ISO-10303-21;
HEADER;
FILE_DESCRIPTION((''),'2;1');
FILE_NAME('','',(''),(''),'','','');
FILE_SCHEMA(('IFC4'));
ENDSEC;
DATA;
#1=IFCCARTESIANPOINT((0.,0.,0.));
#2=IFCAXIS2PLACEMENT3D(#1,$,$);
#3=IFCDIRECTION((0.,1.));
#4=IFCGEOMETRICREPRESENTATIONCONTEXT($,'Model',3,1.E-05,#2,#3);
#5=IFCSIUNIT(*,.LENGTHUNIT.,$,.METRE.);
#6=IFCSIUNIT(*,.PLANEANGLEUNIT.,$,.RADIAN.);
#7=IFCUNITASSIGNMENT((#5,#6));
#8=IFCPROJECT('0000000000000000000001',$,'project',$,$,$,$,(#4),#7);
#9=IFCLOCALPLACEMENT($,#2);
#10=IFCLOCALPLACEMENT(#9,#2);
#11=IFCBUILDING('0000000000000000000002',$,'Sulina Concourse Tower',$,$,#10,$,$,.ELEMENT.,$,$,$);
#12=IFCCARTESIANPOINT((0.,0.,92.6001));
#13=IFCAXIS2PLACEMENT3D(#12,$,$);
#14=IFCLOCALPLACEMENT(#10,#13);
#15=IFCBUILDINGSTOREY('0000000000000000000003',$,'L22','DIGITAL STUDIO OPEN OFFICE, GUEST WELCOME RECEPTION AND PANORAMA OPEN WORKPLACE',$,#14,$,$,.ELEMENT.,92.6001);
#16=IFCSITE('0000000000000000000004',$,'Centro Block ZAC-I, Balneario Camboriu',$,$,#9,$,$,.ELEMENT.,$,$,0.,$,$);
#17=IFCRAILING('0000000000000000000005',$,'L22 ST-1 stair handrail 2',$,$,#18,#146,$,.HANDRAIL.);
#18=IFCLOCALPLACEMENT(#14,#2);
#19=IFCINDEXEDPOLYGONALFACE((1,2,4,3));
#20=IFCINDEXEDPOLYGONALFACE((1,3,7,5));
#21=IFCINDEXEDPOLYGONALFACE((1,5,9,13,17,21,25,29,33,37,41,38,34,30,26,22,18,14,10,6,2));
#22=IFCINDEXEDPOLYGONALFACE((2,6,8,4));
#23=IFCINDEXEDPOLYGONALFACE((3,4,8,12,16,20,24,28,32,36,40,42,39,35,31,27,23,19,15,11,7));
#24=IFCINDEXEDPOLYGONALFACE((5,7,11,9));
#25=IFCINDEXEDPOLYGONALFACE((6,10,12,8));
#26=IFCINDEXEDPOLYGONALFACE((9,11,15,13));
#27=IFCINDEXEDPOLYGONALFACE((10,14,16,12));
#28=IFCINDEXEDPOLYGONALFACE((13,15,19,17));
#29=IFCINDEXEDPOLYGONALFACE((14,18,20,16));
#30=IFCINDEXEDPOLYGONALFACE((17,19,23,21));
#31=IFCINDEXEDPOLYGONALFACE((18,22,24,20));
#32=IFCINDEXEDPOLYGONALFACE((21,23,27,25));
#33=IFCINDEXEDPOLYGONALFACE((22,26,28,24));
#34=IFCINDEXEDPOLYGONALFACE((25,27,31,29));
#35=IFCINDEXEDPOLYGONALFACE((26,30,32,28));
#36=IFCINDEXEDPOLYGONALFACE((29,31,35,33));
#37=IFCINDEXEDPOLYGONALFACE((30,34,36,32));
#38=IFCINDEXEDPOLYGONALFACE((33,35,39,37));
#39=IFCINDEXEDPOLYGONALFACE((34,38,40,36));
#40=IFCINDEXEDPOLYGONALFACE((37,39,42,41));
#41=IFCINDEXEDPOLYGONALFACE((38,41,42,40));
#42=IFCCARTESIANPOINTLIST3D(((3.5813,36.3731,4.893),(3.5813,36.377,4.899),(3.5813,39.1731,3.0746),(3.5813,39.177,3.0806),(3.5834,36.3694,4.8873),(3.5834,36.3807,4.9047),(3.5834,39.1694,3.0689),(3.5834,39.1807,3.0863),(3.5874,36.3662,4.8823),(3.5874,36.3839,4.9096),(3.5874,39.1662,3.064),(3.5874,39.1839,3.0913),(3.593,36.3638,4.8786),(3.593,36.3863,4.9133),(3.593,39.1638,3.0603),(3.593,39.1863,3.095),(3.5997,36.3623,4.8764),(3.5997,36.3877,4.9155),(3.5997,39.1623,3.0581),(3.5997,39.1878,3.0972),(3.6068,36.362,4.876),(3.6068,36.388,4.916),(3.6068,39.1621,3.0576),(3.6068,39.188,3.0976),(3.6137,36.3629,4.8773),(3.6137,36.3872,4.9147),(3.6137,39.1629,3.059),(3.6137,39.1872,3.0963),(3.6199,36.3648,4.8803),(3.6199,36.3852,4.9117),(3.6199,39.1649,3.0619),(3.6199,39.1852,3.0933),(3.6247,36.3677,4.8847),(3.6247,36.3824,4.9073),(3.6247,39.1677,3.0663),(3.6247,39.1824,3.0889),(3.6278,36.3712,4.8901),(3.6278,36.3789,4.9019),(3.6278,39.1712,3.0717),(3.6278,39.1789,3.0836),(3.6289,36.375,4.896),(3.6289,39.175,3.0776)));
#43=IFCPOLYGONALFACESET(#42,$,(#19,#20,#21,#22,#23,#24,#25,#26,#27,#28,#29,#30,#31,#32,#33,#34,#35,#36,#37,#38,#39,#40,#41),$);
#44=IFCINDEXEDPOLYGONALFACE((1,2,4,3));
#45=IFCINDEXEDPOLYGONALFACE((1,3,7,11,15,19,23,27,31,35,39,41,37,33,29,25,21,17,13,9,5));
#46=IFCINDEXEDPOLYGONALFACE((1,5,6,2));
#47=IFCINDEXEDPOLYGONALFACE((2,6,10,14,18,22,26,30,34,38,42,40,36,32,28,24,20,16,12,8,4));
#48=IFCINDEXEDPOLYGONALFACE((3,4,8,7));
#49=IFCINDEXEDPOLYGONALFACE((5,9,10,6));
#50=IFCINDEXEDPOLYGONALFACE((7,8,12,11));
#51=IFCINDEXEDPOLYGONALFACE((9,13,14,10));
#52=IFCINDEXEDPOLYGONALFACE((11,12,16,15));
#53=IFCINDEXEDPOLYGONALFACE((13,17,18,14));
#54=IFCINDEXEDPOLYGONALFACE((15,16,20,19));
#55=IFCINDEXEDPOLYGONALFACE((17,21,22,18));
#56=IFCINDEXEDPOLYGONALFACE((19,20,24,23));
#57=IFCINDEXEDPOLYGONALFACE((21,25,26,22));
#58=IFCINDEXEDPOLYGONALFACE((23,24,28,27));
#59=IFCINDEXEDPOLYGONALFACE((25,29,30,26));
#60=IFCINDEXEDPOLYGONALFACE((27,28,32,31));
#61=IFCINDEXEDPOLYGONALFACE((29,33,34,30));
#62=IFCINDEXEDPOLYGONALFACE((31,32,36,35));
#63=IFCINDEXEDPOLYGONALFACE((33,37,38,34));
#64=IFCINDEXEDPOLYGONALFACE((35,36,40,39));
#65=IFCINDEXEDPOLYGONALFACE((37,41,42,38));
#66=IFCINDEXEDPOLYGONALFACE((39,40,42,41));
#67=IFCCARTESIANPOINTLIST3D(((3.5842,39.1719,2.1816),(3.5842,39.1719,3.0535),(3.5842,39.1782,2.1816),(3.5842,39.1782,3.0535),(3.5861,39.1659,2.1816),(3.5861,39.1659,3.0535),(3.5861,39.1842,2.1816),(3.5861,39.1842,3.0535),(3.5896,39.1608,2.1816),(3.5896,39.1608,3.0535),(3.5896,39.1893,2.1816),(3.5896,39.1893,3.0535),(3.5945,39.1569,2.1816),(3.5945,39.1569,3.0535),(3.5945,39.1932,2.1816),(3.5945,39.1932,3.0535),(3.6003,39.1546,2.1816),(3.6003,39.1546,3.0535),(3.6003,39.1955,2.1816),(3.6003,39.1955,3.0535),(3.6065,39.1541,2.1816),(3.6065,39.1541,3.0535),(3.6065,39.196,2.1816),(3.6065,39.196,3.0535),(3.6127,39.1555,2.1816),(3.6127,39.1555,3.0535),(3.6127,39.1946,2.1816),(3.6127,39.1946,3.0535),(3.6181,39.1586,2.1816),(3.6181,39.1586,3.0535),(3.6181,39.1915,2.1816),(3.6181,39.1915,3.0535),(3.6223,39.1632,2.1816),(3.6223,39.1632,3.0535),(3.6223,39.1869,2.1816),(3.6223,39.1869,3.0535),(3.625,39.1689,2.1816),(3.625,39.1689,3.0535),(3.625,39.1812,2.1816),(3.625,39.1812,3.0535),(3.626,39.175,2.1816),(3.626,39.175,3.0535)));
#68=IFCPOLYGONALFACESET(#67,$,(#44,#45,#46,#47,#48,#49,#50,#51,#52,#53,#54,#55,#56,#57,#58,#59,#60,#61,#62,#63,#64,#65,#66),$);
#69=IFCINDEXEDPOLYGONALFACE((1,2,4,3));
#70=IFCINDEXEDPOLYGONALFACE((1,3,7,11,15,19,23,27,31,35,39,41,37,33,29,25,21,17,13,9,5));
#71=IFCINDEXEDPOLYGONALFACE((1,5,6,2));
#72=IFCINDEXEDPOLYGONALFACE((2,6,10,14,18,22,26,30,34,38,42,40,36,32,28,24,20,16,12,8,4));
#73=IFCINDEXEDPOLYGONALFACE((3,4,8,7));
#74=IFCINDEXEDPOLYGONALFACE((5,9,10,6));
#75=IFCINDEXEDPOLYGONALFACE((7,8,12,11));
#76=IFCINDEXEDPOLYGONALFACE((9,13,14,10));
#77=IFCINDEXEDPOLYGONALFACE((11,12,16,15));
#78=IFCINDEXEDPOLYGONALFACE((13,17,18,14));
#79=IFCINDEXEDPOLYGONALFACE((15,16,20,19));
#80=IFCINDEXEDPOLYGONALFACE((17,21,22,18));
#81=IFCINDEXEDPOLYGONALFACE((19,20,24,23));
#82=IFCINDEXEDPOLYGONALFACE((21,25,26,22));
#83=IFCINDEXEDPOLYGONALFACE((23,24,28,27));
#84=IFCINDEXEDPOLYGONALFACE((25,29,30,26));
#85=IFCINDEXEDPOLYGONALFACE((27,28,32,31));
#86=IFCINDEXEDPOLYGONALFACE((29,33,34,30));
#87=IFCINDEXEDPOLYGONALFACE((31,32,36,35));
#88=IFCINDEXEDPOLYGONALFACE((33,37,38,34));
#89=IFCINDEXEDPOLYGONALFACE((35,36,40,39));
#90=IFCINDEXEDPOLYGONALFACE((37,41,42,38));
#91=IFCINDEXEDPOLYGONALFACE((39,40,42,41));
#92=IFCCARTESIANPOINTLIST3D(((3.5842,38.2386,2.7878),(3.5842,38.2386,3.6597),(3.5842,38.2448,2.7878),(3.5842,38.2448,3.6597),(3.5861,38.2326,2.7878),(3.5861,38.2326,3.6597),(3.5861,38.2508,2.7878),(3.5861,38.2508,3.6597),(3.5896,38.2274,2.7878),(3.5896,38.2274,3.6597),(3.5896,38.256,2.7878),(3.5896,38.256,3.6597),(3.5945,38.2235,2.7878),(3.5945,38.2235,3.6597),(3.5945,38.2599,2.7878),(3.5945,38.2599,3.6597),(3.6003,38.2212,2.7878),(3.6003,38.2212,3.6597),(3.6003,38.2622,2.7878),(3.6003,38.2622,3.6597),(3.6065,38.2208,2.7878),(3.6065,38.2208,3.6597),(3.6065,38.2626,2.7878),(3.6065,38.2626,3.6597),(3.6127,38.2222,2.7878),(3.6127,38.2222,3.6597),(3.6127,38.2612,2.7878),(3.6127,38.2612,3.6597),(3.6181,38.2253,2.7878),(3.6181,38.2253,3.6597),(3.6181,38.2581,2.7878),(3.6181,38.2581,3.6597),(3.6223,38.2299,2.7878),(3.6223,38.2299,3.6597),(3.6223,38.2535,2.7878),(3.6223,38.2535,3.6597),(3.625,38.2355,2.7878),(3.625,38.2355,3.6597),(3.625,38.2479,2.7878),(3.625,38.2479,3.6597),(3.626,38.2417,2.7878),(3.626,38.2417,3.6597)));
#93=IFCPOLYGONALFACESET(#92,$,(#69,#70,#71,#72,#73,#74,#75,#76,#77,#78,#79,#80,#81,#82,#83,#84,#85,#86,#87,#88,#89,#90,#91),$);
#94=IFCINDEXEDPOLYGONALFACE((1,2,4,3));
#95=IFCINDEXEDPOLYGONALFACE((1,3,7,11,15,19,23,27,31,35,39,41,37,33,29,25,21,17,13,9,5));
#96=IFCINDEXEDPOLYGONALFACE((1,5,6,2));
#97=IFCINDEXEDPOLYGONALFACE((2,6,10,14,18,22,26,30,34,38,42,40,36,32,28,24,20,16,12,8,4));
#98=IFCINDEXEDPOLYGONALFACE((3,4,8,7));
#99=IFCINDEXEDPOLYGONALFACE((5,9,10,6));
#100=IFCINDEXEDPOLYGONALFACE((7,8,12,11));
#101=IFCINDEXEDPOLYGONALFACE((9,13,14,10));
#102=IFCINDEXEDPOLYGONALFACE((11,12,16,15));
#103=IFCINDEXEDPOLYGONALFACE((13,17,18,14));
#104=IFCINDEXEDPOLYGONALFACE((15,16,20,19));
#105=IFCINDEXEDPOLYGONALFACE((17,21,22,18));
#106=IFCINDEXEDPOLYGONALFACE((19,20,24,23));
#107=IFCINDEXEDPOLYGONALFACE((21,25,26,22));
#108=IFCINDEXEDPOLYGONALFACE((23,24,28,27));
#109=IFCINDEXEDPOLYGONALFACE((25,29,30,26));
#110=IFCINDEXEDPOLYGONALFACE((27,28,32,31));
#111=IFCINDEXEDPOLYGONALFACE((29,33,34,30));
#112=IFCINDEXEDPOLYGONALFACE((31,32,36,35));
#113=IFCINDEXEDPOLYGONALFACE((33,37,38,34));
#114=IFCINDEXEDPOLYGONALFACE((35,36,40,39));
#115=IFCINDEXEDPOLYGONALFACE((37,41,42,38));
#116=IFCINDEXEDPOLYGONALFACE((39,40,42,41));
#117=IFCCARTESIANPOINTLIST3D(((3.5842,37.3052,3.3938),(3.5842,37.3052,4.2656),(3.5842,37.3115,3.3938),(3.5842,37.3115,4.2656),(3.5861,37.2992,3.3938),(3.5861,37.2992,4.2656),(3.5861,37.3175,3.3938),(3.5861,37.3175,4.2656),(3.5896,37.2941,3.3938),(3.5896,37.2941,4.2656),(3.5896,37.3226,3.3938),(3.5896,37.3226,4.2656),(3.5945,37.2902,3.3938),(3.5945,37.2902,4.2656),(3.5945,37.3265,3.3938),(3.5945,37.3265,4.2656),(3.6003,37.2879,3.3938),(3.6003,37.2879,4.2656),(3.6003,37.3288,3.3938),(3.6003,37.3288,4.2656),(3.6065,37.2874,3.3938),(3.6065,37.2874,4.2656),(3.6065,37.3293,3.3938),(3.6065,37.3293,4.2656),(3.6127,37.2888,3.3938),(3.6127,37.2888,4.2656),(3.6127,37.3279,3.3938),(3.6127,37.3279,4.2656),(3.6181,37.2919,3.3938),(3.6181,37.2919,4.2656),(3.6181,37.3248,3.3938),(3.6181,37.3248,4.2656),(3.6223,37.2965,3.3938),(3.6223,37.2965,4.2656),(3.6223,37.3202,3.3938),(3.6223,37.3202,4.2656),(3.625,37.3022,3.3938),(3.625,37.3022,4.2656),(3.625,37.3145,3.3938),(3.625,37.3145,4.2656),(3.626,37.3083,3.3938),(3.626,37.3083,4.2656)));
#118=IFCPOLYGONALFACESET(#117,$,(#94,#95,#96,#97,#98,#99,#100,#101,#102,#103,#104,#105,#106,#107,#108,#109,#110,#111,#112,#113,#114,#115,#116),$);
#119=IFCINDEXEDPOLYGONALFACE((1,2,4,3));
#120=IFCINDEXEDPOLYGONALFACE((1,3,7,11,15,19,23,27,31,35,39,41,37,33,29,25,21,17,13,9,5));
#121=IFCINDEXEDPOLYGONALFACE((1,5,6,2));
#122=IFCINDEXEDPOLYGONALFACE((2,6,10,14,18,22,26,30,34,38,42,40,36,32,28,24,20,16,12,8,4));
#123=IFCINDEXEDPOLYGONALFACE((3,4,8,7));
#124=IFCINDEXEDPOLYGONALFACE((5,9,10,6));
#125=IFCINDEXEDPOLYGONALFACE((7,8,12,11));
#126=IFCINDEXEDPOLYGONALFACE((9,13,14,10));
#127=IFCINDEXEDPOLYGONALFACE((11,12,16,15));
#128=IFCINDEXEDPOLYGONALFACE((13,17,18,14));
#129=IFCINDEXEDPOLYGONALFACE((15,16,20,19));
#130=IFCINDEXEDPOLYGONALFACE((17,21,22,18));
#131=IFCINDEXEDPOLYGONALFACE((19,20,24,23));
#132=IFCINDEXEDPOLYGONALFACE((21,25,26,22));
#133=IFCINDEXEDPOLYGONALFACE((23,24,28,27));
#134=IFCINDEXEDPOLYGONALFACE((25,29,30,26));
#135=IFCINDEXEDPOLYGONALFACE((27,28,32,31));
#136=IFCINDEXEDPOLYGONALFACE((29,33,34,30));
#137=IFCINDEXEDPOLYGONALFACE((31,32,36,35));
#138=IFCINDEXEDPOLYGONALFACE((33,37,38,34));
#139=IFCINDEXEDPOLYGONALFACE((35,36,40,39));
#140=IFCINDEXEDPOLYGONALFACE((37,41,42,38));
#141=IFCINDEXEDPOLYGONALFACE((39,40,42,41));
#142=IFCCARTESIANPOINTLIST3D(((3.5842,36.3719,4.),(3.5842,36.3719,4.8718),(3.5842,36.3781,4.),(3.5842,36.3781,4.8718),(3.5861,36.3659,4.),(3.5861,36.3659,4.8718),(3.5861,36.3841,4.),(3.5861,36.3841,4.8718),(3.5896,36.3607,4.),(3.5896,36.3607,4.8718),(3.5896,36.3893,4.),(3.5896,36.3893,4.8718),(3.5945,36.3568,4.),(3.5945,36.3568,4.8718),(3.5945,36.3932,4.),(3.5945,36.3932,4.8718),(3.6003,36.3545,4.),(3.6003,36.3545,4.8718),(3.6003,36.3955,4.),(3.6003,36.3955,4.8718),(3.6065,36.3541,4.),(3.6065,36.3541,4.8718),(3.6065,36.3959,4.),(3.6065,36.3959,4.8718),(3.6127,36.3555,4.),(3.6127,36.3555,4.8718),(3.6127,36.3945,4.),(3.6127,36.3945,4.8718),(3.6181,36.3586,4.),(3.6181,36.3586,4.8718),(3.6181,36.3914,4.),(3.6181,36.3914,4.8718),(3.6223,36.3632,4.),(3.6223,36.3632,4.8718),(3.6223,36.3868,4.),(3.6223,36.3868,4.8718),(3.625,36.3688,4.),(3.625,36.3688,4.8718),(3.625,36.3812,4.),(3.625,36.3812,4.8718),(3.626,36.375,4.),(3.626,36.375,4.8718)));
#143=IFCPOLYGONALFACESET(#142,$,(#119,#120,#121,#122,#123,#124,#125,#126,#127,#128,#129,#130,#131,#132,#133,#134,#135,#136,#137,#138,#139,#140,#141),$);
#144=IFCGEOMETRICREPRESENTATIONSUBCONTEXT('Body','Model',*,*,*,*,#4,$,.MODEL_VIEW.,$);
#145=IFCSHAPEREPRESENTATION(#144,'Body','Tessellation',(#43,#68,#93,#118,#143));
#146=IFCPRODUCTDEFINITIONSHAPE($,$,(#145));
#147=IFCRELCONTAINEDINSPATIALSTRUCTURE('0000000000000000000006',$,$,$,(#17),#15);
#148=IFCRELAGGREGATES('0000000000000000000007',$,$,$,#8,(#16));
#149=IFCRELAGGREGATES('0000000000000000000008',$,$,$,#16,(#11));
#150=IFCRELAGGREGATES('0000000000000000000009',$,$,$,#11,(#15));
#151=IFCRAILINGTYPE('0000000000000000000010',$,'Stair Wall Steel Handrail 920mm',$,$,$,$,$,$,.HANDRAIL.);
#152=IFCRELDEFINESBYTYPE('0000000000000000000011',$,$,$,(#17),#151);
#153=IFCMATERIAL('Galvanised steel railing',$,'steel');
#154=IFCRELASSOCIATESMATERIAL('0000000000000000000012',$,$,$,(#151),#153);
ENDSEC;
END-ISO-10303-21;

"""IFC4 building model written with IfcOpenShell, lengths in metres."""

from ifc_helpers import new_model, si_unit, direction, frame, origin, origin_2d, place, context, subcontext, project, spatial, circle, extrude, material, type_object, element, save


model = new_model("IFC4")

# Units and contexts
model_context = context("Model", 3, precision=1e-05, world=origin(), true_north=direction((0.0, 1.0)))
body_context = subcontext(model_context, "Body", "Model", "MODEL_VIEW")
ifc_project = project(units=[si_unit("LENGTHUNIT", "METRE"), si_unit("PLANEANGLEUNIT", "RADIAN")], contexts=[model_context])

# Site, building, storey
site_placement = place(None, origin())
site = spatial("IfcSite", under=ifc_project, at=site_placement, Name="Centro Block ZAC-I, Balneario Camboriu", CompositionType="ELEMENT", RefElevation=0.0)
building_placement = place(site_placement, origin())
building = spatial("IfcBuilding", under=site, at=building_placement, Name="Sulina Concourse Tower", CompositionType="ELEMENT")
storey_placement = place(building_placement, frame((0.0, 0.0, 92.6001)))
storey = spatial("IfcBuildingStorey", under=building, at=storey_placement, Name="L22", Description="DIGITAL STUDIO OPEN OFFICE, GUEST WELCOME RECEPTION AND PANORAMA OPEN WORKPLACE", CompositionType="ELEMENT", Elevation=92.6001)

# Railing
ifc_material_1 = material(Name="Galvanised steel railing", Category="steel")
railing_type_1 = type_object("IfcRailingType", Name="Stair Wall Steel Handrail 920mm", PredefinedType="HANDRAIL", material=ifc_material_1)
railing_1_placement = place(storey_placement, frame((3.605, 39.175, 2.1816)))
element("IfcRailing", 1, at=railing_1_placement, inside=storey, type_object=railing_type_1, Name="L22 ST-1 stair handrail 2", PredefinedType="HANDRAIL", context=body_context, shape_type="SweptSolid", body=[
    extrude(circle(Radius=0.0239, at=origin_2d()), frame((0.0, 0.0, 0.896), z_axis=(0.0, -0.838672, 0.544636), x_axis=(1.0, 0.0, 0.0)), (0.0, 0.0, 1.0), 3.3386),
    extrude(circle(Radius=0.021, at=origin_2d()), origin(), (0.0, 0.0, 1.0), 0.8718),
    extrude(circle(Radius=0.021, at=origin_2d()), frame((0.0, -0.9333, 0.6062)), (0.0, 0.0, 1.0), 0.8718),
    extrude(circle(Radius=0.021, at=origin_2d()), frame((0.0, -1.8667, 1.2122)), (0.0, 0.0, 1.0), 0.8718),
    extrude(circle(Radius=0.021, at=origin_2d()), frame((0.0, -2.8, 1.8184)), (0.0, 0.0, 1.0), 0.8718),
])

save(model, "model.ifc")
